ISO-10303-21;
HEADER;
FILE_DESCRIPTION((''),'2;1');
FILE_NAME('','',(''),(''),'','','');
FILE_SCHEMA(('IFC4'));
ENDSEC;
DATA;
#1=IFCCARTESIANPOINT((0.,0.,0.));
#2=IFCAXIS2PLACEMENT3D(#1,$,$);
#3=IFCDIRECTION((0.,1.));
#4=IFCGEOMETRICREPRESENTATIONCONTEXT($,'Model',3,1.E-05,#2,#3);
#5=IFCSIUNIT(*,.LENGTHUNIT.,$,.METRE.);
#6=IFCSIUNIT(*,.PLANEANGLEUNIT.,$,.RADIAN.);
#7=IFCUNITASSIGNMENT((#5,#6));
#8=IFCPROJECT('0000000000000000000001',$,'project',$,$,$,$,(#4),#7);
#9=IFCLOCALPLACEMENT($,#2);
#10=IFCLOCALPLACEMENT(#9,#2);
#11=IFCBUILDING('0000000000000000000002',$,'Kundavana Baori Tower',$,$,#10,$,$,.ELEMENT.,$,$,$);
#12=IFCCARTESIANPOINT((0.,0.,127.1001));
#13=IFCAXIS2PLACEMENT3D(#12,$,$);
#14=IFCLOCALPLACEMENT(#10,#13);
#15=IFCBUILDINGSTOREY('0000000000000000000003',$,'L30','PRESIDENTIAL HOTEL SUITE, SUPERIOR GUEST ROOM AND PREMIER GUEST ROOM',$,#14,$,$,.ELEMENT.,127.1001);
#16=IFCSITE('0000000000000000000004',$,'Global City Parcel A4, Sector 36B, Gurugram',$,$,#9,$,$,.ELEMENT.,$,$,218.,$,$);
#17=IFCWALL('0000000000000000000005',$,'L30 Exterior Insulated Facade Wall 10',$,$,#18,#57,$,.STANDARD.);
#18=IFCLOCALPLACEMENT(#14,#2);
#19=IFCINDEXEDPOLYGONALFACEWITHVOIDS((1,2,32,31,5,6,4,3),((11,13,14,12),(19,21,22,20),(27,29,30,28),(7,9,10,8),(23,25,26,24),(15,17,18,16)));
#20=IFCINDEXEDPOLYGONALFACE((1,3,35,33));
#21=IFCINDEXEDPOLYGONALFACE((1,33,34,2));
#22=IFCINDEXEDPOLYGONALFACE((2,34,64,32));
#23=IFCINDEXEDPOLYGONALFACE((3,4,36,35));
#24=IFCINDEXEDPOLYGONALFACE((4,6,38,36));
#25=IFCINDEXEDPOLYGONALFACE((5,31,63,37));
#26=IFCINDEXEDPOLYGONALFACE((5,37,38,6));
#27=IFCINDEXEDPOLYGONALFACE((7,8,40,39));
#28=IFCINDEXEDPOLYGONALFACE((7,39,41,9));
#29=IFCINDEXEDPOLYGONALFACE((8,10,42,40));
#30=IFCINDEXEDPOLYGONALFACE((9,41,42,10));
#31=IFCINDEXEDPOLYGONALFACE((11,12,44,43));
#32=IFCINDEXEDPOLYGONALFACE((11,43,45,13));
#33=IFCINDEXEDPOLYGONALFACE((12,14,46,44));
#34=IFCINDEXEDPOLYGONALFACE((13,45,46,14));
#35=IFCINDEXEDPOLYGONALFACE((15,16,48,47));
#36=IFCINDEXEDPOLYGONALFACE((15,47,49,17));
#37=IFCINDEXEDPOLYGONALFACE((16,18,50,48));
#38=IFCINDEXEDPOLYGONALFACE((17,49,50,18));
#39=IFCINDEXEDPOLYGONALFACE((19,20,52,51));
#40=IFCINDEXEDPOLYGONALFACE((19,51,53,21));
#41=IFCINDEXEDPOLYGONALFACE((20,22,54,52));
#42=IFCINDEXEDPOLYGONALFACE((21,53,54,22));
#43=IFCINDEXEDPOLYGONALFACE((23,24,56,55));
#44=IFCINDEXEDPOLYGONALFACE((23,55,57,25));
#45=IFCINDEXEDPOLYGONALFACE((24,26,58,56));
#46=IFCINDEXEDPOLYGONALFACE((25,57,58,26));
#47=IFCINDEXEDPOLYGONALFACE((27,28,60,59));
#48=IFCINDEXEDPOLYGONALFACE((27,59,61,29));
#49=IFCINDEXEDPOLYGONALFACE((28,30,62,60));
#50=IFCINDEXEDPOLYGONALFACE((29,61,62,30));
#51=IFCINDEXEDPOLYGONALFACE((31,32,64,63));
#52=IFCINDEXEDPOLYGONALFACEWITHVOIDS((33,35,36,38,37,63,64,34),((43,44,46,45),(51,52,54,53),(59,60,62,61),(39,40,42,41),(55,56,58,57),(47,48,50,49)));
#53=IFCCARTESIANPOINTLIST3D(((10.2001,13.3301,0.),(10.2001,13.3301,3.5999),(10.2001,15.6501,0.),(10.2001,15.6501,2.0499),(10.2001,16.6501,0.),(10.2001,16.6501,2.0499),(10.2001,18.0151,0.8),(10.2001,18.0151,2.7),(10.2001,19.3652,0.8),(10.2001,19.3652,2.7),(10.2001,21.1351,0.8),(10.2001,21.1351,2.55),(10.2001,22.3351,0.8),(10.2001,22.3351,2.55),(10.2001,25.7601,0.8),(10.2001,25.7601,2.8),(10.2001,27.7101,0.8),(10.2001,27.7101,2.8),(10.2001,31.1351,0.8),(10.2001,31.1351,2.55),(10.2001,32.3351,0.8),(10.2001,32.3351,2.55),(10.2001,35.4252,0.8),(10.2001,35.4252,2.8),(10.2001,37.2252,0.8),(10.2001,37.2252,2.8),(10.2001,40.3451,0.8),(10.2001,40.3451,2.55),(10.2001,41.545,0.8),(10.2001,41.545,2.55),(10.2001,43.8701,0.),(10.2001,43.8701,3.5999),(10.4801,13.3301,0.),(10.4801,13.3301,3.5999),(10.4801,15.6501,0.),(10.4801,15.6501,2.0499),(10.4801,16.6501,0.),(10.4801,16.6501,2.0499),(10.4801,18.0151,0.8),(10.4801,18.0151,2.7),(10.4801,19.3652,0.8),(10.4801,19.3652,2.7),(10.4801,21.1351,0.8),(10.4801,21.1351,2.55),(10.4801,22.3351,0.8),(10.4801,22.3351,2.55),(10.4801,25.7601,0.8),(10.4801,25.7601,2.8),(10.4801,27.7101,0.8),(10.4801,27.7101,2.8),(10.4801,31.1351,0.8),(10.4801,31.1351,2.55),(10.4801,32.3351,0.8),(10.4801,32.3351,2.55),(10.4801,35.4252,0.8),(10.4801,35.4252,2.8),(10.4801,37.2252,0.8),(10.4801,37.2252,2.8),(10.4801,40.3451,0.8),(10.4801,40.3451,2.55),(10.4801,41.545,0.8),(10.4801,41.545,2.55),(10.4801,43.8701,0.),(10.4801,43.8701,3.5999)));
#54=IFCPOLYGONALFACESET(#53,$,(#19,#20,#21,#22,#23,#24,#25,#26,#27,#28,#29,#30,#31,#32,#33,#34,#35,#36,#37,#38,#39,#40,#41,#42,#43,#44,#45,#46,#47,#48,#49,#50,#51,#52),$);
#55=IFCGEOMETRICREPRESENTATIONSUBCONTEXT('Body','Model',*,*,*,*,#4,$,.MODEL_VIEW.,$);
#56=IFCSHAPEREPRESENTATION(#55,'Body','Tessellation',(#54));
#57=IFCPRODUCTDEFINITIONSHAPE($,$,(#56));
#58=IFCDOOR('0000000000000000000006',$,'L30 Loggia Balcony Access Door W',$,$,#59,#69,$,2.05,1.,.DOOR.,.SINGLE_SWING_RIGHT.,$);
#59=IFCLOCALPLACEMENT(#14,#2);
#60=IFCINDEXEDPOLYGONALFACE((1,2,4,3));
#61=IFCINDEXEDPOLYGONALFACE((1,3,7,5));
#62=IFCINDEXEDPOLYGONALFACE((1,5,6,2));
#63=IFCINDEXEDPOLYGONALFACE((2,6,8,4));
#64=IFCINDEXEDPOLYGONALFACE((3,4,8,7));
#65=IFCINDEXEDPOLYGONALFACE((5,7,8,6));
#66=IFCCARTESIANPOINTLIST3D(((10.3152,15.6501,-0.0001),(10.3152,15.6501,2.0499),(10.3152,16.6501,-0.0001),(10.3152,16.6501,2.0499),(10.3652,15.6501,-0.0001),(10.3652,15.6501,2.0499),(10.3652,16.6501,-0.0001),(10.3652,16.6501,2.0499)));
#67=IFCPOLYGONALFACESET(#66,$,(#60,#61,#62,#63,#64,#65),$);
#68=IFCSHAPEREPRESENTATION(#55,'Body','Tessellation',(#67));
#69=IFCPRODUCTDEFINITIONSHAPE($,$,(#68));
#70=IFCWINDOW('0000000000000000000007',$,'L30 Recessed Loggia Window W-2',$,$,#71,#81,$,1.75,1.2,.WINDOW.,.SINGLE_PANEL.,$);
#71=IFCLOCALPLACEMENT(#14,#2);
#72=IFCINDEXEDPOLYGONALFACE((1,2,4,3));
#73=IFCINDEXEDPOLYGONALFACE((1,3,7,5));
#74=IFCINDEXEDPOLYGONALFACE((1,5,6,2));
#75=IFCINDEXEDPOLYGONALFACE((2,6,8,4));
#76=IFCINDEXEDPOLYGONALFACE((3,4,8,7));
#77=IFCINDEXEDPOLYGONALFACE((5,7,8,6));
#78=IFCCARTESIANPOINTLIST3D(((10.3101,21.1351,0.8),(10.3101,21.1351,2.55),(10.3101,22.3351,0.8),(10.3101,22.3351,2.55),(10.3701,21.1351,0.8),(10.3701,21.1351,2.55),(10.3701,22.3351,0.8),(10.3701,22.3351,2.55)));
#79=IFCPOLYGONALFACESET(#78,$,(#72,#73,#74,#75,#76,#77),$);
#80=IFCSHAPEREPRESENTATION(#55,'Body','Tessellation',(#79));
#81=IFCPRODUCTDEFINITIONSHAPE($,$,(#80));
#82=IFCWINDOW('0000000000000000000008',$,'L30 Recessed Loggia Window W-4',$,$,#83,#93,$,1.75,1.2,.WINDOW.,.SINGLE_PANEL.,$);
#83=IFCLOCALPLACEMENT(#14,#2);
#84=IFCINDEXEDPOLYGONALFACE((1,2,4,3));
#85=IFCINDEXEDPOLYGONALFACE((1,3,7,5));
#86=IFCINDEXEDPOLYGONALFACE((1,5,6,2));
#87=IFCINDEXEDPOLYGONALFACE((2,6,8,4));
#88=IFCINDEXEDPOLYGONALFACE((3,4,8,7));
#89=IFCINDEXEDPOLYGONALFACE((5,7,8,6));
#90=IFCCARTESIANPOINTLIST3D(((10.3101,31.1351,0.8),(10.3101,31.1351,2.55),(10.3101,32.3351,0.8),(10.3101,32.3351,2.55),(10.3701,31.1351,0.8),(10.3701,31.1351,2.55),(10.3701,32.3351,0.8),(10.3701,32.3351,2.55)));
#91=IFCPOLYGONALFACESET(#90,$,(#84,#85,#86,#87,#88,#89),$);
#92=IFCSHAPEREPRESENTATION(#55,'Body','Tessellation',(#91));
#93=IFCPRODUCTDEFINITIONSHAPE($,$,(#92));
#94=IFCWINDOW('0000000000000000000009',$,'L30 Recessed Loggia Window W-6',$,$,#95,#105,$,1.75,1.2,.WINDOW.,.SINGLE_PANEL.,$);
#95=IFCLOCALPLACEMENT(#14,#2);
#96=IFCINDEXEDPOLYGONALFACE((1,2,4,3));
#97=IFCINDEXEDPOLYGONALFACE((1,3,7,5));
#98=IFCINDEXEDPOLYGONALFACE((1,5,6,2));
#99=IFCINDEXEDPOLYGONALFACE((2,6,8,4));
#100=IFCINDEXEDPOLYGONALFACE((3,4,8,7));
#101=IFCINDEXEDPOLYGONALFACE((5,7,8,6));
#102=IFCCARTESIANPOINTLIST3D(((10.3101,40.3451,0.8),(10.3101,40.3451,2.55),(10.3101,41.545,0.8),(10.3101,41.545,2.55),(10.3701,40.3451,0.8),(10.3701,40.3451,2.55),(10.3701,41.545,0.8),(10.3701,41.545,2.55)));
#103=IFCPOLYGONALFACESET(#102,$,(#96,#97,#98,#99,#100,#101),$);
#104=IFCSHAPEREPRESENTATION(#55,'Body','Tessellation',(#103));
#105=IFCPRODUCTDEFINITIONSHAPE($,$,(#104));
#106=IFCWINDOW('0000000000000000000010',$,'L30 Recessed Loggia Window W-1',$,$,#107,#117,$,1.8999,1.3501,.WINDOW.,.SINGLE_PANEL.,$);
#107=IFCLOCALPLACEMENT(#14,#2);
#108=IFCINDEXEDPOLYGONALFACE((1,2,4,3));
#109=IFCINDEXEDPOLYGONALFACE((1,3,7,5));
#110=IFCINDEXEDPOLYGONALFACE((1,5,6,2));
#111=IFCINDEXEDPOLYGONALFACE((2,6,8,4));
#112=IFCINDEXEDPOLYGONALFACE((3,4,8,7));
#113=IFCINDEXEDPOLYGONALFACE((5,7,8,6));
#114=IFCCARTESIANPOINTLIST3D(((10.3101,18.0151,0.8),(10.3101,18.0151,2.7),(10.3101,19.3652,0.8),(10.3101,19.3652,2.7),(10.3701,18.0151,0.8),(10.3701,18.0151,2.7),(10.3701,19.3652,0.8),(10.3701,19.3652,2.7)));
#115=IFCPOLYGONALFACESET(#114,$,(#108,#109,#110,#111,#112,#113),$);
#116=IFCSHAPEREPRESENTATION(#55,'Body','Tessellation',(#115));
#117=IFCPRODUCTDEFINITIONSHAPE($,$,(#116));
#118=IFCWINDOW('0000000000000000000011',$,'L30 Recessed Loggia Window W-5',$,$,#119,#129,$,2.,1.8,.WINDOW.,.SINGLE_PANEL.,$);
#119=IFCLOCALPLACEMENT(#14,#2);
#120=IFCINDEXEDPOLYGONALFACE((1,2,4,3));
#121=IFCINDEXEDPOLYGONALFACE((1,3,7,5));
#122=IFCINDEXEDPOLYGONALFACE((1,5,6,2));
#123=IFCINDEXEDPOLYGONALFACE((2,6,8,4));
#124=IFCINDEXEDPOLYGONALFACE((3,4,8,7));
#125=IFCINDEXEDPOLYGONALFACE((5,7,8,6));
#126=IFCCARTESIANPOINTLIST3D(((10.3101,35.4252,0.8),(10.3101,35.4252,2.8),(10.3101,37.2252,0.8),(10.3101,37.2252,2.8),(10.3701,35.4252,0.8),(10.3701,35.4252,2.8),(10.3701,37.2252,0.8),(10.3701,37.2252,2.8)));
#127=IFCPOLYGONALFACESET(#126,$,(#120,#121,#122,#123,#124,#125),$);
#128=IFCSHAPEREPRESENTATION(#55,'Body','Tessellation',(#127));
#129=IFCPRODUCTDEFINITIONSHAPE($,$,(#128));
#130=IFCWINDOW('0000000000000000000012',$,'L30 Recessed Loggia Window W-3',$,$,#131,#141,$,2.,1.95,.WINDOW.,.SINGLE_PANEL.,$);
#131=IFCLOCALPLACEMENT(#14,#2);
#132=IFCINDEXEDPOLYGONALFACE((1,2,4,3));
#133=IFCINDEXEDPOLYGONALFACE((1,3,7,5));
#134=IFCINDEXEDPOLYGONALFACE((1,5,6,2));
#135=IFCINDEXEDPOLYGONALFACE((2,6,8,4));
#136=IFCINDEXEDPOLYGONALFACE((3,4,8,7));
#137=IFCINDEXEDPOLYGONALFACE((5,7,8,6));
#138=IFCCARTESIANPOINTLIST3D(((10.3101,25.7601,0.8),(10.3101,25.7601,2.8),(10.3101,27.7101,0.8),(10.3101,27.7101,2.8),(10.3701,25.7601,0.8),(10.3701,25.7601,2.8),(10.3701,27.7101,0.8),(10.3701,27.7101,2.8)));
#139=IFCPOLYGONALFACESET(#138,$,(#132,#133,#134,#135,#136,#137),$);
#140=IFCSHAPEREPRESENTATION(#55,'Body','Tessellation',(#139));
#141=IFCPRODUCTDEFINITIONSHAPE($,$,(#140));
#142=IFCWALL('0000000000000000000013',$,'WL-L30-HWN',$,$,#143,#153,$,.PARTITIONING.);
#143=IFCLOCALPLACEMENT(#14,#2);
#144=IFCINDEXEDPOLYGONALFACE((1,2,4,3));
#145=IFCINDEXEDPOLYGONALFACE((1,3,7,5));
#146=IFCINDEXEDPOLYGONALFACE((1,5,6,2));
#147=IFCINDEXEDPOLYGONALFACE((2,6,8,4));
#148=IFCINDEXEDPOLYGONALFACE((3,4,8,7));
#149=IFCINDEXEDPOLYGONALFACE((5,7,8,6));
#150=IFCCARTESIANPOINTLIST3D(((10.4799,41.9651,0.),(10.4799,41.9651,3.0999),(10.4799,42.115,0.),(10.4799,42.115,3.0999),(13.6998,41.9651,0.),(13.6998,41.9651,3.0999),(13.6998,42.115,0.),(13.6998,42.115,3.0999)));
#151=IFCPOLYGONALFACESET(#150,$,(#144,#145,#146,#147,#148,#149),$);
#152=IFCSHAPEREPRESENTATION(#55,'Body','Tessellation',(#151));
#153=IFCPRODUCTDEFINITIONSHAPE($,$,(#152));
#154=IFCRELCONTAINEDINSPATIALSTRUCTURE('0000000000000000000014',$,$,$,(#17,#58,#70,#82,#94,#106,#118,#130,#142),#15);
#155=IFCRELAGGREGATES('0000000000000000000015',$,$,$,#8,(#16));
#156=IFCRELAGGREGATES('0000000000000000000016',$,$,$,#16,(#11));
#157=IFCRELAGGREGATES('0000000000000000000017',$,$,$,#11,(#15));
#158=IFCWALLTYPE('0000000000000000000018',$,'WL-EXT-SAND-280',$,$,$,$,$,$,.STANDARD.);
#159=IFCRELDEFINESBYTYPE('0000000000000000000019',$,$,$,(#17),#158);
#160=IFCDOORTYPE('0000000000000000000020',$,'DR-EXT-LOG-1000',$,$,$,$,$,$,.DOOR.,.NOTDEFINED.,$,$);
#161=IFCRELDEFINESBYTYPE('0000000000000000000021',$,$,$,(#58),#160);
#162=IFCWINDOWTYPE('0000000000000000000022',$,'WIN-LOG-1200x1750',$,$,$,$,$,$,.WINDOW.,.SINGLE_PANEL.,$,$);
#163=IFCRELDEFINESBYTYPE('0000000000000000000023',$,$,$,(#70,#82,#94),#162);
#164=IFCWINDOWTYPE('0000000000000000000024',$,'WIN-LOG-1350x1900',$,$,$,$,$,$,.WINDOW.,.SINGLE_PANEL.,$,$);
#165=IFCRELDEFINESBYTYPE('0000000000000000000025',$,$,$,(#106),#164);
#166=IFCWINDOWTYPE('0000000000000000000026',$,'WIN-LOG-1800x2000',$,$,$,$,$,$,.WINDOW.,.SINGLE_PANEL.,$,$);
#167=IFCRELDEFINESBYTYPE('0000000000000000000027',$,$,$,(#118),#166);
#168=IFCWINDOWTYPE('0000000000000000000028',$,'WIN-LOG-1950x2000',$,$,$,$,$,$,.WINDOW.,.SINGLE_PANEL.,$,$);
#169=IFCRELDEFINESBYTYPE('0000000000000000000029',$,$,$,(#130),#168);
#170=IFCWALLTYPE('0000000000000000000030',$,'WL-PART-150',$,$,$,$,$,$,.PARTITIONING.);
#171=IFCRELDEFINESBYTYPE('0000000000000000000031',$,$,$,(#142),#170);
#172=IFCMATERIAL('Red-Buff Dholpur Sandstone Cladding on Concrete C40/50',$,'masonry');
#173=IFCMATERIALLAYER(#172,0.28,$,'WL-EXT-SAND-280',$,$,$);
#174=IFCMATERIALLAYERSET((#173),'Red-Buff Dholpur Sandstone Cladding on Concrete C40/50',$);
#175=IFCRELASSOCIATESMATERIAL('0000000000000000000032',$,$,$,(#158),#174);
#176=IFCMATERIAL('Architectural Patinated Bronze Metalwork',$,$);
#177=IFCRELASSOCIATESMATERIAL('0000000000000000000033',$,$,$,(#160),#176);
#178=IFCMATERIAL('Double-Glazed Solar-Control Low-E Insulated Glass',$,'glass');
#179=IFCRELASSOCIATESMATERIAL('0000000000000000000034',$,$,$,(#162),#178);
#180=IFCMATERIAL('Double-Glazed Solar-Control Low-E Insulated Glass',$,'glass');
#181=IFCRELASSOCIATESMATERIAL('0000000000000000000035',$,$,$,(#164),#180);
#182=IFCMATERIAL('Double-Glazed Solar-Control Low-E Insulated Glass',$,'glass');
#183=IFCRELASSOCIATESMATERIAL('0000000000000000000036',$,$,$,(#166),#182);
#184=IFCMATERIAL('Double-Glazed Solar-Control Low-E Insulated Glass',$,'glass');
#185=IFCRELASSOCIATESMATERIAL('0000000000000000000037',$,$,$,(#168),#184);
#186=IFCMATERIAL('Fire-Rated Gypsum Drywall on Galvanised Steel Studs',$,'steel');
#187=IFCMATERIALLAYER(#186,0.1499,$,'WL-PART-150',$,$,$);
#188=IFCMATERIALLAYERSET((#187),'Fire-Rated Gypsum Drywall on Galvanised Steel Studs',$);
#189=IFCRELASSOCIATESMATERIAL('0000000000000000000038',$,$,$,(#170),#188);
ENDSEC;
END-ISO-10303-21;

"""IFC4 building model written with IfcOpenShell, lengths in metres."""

from ifc_helpers import new_model, si_unit, direction, frame, frame_2d, origin, place, context, subcontext, project, spatial, rectangle, extrude, material, layer, layer_set, type_object, element, fill, save


model = new_model("IFC4")

# Units and contexts
model_context = context("Model", 3, precision=1e-05, world=origin(), true_north=direction((0.0, 1.0)))
body_context = subcontext(model_context, "Body", "Model", "MODEL_VIEW")
ifc_project = project(units=[si_unit("LENGTHUNIT", "METRE"), si_unit("PLANEANGLEUNIT", "RADIAN")], contexts=[model_context])

# Site, building, storey
site_placement = place(None, origin())
site = spatial("IfcSite", under=ifc_project, at=site_placement, Name="Global City Parcel A4, Sector 36B, Gurugram", CompositionType="ELEMENT", RefElevation=218.0)
building_placement = place(site_placement, origin())
building = spatial("IfcBuilding", under=site, at=building_placement, Name="Kundavana Baori Tower", CompositionType="ELEMENT")
storey_placement = place(building_placement, frame((0.0, 0.0, 127.1001)))
storey = spatial("IfcBuildingStorey", under=building, at=storey_placement, Name="L30", Description="PRESIDENTIAL HOTEL SUITE, SUPERIOR GUEST ROOM AND PREMIER GUEST ROOM", CompositionType="ELEMENT", Elevation=127.1001)

# Shared definitions
ifc_material_1 = material(Name="Red-Buff Dholpur Sandstone Cladding on Concrete C40/50", Category="masonry")
ifc_layer_1 = layer(ifc_material_1, 0.28, Name="WL-EXT-SAND-280")
ifc_layer_set_1 = layer_set([ifc_layer_1], Name="Red-Buff Dholpur Sandstone Cladding on Concrete C40/50")
wall_type_1 = type_object("IfcWallType", Name="WL-EXT-SAND-280", PredefinedType="STANDARD", material=ifc_layer_set_1)

# Wall, openings, door, windows
wall_1_placement = place(storey_placement, frame((10.3401, 43.8701, 0.0), z_axis=(0.0, 0.0, 1.0), x_axis=(0.0, -1.0, 0.0)))
wall_1 = element("IfcWall", 1, at=wall_1_placement, inside=storey, type_object=wall_type_1, Name="L30 Exterior Insulated Facade Wall 10", PredefinedType="STANDARD", context=body_context, shape_type="SweptSolid", body=[
    extrude(rectangle(XDim=30.54, YDim=0.28, at=frame_2d((15.27, 0.0))), origin(), (0.0, 0.0, 1.0), 3.5999),
])
opening_1_placement = place(wall_1_placement, frame((27.22, 0.0, 0.0)))
opening_1 = element("IfcOpeningElement", 2, at=opening_1_placement, cuts=wall_1, PredefinedType="OPENING", context=body_context, shape_type="SweptSolid", body=[
    extrude(rectangle(XDim=1.0, YDim=2.05, at=frame_2d((0.5, 1.0249))), frame((0.0, 0.1499, 0.0), z_axis=(0.0, -1.0, 0.0), x_axis=(1.0, 0.0, 0.0)), (0.0, 0.0, 1.0), 0.3),
])
opening_2_placement = place(wall_1_placement, frame((24.5049, 0.0, 0.8)))
opening_2 = element("IfcOpeningElement", 3, at=opening_2_placement, cuts=wall_1, PredefinedType="OPENING", context=body_context, shape_type="SweptSolid", body=[
    extrude(rectangle(XDim=1.3501, YDim=1.8999, at=frame_2d((0.675, 0.95))), frame((0.0, 0.1499, 0.0), z_axis=(0.0, -1.0, 0.0), x_axis=(1.0, 0.0, 0.0)), (0.0, 0.0, 1.0), 0.3),
])
opening_3_placement = place(wall_1_placement, frame((21.5349, 0.0, 0.8)))
opening_3 = element("IfcOpeningElement", 4, at=opening_3_placement, cuts=wall_1, PredefinedType="OPENING", context=body_context, shape_type="SweptSolid", body=[
    extrude(rectangle(XDim=1.2, YDim=1.75, at=frame_2d((0.6001, 0.875))), frame((0.0, 0.1499, 0.0), z_axis=(0.0, -1.0, 0.0), x_axis=(1.0, 0.0, 0.0)), (0.0, 0.0, 1.0), 0.3),
])
opening_4_placement = place(wall_1_placement, frame((16.1599, 0.0, 0.8)))
opening_4 = element("IfcOpeningElement", 5, at=opening_4_placement, cuts=wall_1, PredefinedType="OPENING", context=body_context, shape_type="SweptSolid", body=[
    extrude(rectangle(XDim=1.95, YDim=2.0, at=frame_2d((0.9751, 1.0))), frame((0.0, 0.1499, 0.0), z_axis=(0.0, -1.0, 0.0), x_axis=(1.0, 0.0, 0.0)), (0.0, 0.0, 1.0), 0.3),
])
opening_5_placement = place(wall_1_placement, frame((11.5349, 0.0, 0.8)))
opening_5 = element("IfcOpeningElement", 6, at=opening_5_placement, cuts=wall_1, PredefinedType="OPENING", context=body_context, shape_type="SweptSolid", body=[
    extrude(rectangle(XDim=1.2, YDim=1.75, at=frame_2d((0.6001, 0.875))), frame((0.0, 0.1499, 0.0), z_axis=(0.0, -1.0, 0.0), x_axis=(1.0, 0.0, 0.0)), (0.0, 0.0, 1.0), 0.3),
])
opening_6_placement = place(wall_1_placement, frame((6.645, 0.0, 0.8)))
opening_6 = element("IfcOpeningElement", 7, at=opening_6_placement, cuts=wall_1, PredefinedType="OPENING", context=body_context, shape_type="SweptSolid", body=[
    extrude(rectangle(XDim=1.8, YDim=2.0, at=frame_2d((0.8999, 1.0))), frame((0.0, 0.1499, 0.0), z_axis=(0.0, -1.0, 0.0), x_axis=(1.0, 0.0, 0.0)), (0.0, 0.0, 1.0), 0.3),
])
opening_7_placement = place(wall_1_placement, frame((2.325, 0.0, 0.8)))
opening_7 = element("IfcOpeningElement", 8, at=opening_7_placement, cuts=wall_1, PredefinedType="OPENING", context=body_context, shape_type="SweptSolid", body=[
    extrude(rectangle(XDim=1.2, YDim=1.75, at=frame_2d((0.6001, 0.875))), frame((0.0, 0.1499, 0.0), z_axis=(0.0, -1.0, 0.0), x_axis=(1.0, 0.0, 0.0)), (0.0, 0.0, 1.0), 0.3),
])
ifc_material_2 = material(Name="Architectural Patinated Bronze Metalwork")
door_type_1 = type_object("IfcDoorType", Name="DR-EXT-LOG-1000", OperationType="NOTDEFINED", PredefinedType="DOOR", material=ifc_material_2)
door_1_placement = place(opening_1_placement, frame((1.0, 0.0, 0.0), z_axis=(0.0, 0.0, 1.0), x_axis=(-1.0, 0.0, 0.0)))
door_1 = element("IfcDoor", 9, at=door_1_placement, inside=storey, type_object=door_type_1, Name="L30 Loggia Balcony Access Door W", OperationType="SINGLE_SWING_RIGHT", OverallHeight=2.05, OverallWidth=1.0, PredefinedType="DOOR", context=body_context, shape_type="SweptSolid", body=[
    extrude(rectangle(XDim=1.0, YDim=2.05, at=frame_2d((0.5, 1.0249))), frame((0.0, 0.0249, 0.0), z_axis=(0.0, -1.0, 0.0), x_axis=(1.0, 0.0, 0.0)), (0.0, 0.0, 1.0), 0.05),
])
fill(opening_1, door_1)
ifc_material_3 = material(Name="Double-Glazed Solar-Control Low-E Insulated Glass", Category="glass")
window_type_1 = type_object("IfcWindowType", Name="WIN-LOG-1200x1750", PartitioningType="SINGLE_PANEL", PredefinedType="WINDOW", material=ifc_material_3)
window_1_placement = place(opening_3_placement, origin())
window_1 = element("IfcWindow", 10, at=window_1_placement, inside=storey, type_object=window_type_1, Name="L30 Recessed Loggia Window W-2", OverallHeight=1.75, OverallWidth=1.2, PartitioningType="SINGLE_PANEL", PredefinedType="WINDOW", context=body_context, shape_type="SweptSolid", body=[
    extrude(rectangle(XDim=1.2, YDim=1.75, at=frame_2d((0.6001, 0.875))), frame((0.0, 0.03, 0.0), z_axis=(0.0, -1.0, 0.0), x_axis=(1.0, 0.0, 0.0)), (0.0, 0.0, 1.0), 0.0601),
])
fill(opening_3, window_1)
window_2_placement = place(opening_5_placement, origin())
window_2 = element("IfcWindow", 11, at=window_2_placement, inside=storey, type_object=window_type_1, Name="L30 Recessed Loggia Window W-4", OverallHeight=1.75, OverallWidth=1.2, PartitioningType="SINGLE_PANEL", PredefinedType="WINDOW", context=body_context, shape_type="SweptSolid", body=[
    extrude(rectangle(XDim=1.2, YDim=1.75, at=frame_2d((0.6001, 0.875))), frame((0.0, 0.03, 0.0), z_axis=(0.0, -1.0, 0.0), x_axis=(1.0, 0.0, 0.0)), (0.0, 0.0, 1.0), 0.0601),
])
fill(opening_5, window_2)
window_3_placement = place(opening_7_placement, origin())
window_3 = element("IfcWindow", 12, at=window_3_placement, inside=storey, type_object=window_type_1, Name="L30 Recessed Loggia Window W-6", OverallHeight=1.75, OverallWidth=1.2, PartitioningType="SINGLE_PANEL", PredefinedType="WINDOW", context=body_context, shape_type="SweptSolid", body=[
    extrude(rectangle(XDim=1.2, YDim=1.75, at=frame_2d((0.6001, 0.875))), frame((0.0, 0.03, 0.0), z_axis=(0.0, -1.0, 0.0), x_axis=(1.0, 0.0, 0.0)), (0.0, 0.0, 1.0), 0.0601),
])
fill(opening_7, window_3)
ifc_material_4 = material(Name="Double-Glazed Solar-Control Low-E Insulated Glass", Category="glass")
window_type_2 = type_object("IfcWindowType", Name="WIN-LOG-1350x1900", PartitioningType="SINGLE_PANEL", PredefinedType="WINDOW", material=ifc_material_4)
window_4_placement = place(opening_2_placement, origin())
window_4 = element("IfcWindow", 13, at=window_4_placement, inside=storey, type_object=window_type_2, Name="L30 Recessed Loggia Window W-1", OverallHeight=1.8999, OverallWidth=1.3501, PartitioningType="SINGLE_PANEL", PredefinedType="WINDOW", context=body_context, shape_type="SweptSolid", body=[
    extrude(rectangle(XDim=1.3501, YDim=1.8999, at=frame_2d((0.675, 0.95))), frame((0.0, 0.03, 0.0), z_axis=(0.0, -1.0, 0.0), x_axis=(1.0, 0.0, 0.0)), (0.0, 0.0, 1.0), 0.0601),
])
fill(opening_2, window_4)
ifc_material_5 = material(Name="Double-Glazed Solar-Control Low-E Insulated Glass", Category="glass")
window_type_3 = type_object("IfcWindowType", Name="WIN-LOG-1800x2000", PartitioningType="SINGLE_PANEL", PredefinedType="WINDOW", material=ifc_material_5)
window_5_placement = place(opening_6_placement, origin())
window_5 = element("IfcWindow", 14, at=window_5_placement, inside=storey, type_object=window_type_3, Name="L30 Recessed Loggia Window W-5", OverallHeight=2.0, OverallWidth=1.8, PartitioningType="SINGLE_PANEL", PredefinedType="WINDOW", context=body_context, shape_type="SweptSolid", body=[
    extrude(rectangle(XDim=1.8, YDim=2.0, at=frame_2d((0.8999, 1.0))), frame((0.0, 0.03, 0.0), z_axis=(0.0, -1.0, 0.0), x_axis=(1.0, 0.0, 0.0)), (0.0, 0.0, 1.0), 0.0601),
])
fill(opening_6, window_5)
ifc_material_6 = material(Name="Double-Glazed Solar-Control Low-E Insulated Glass", Category="glass")
window_type_4 = type_object("IfcWindowType", Name="WIN-LOG-1950x2000", PartitioningType="SINGLE_PANEL", PredefinedType="WINDOW", material=ifc_material_6)
window_6_placement = place(opening_4_placement, origin())
window_6 = element("IfcWindow", 15, at=window_6_placement, inside=storey, type_object=window_type_4, Name="L30 Recessed Loggia Window W-3", OverallHeight=2.0, OverallWidth=1.95, PartitioningType="SINGLE_PANEL", PredefinedType="WINDOW", context=body_context, shape_type="SweptSolid", body=[
    extrude(rectangle(XDim=1.95, YDim=2.0, at=frame_2d((0.9751, 1.0))), frame((0.0, 0.03, 0.0), z_axis=(0.0, -1.0, 0.0), x_axis=(1.0, 0.0, 0.0)), (0.0, 0.0, 1.0), 0.0601),
])
fill(opening_4, window_6)

# Wall
ifc_material_7 = material(Name="Fire-Rated Gypsum Drywall on Galvanised Steel Studs", Category="steel")
ifc_layer_2 = layer(ifc_material_7, 0.1499, Name="WL-PART-150")
ifc_layer_set_2 = layer_set([ifc_layer_2], Name="Fire-Rated Gypsum Drywall on Galvanised Steel Studs")
wall_type_2 = type_object("IfcWallType", Name="WL-PART-150", PredefinedType="PARTITIONING", material=ifc_layer_set_2)
wall_2_placement = place(storey_placement, frame((10.48, 42.04, 0.0), z_axis=(0.0, 0.0, 1.0), x_axis=(1.0, 0.0, 0.0)))
element("IfcWall", 16, at=wall_2_placement, inside=storey, type_object=wall_type_2, Name="WL-L30-HWN", PredefinedType="PARTITIONING", context=body_context, shape_type="SweptSolid", body=[
    extrude(rectangle(XDim=3.22, YDim=0.1499, at=frame_2d((1.6099, 0.0))), origin(), (0.0, 0.0, 1.0), 3.0999),
])

save(model, "model.ifc")
